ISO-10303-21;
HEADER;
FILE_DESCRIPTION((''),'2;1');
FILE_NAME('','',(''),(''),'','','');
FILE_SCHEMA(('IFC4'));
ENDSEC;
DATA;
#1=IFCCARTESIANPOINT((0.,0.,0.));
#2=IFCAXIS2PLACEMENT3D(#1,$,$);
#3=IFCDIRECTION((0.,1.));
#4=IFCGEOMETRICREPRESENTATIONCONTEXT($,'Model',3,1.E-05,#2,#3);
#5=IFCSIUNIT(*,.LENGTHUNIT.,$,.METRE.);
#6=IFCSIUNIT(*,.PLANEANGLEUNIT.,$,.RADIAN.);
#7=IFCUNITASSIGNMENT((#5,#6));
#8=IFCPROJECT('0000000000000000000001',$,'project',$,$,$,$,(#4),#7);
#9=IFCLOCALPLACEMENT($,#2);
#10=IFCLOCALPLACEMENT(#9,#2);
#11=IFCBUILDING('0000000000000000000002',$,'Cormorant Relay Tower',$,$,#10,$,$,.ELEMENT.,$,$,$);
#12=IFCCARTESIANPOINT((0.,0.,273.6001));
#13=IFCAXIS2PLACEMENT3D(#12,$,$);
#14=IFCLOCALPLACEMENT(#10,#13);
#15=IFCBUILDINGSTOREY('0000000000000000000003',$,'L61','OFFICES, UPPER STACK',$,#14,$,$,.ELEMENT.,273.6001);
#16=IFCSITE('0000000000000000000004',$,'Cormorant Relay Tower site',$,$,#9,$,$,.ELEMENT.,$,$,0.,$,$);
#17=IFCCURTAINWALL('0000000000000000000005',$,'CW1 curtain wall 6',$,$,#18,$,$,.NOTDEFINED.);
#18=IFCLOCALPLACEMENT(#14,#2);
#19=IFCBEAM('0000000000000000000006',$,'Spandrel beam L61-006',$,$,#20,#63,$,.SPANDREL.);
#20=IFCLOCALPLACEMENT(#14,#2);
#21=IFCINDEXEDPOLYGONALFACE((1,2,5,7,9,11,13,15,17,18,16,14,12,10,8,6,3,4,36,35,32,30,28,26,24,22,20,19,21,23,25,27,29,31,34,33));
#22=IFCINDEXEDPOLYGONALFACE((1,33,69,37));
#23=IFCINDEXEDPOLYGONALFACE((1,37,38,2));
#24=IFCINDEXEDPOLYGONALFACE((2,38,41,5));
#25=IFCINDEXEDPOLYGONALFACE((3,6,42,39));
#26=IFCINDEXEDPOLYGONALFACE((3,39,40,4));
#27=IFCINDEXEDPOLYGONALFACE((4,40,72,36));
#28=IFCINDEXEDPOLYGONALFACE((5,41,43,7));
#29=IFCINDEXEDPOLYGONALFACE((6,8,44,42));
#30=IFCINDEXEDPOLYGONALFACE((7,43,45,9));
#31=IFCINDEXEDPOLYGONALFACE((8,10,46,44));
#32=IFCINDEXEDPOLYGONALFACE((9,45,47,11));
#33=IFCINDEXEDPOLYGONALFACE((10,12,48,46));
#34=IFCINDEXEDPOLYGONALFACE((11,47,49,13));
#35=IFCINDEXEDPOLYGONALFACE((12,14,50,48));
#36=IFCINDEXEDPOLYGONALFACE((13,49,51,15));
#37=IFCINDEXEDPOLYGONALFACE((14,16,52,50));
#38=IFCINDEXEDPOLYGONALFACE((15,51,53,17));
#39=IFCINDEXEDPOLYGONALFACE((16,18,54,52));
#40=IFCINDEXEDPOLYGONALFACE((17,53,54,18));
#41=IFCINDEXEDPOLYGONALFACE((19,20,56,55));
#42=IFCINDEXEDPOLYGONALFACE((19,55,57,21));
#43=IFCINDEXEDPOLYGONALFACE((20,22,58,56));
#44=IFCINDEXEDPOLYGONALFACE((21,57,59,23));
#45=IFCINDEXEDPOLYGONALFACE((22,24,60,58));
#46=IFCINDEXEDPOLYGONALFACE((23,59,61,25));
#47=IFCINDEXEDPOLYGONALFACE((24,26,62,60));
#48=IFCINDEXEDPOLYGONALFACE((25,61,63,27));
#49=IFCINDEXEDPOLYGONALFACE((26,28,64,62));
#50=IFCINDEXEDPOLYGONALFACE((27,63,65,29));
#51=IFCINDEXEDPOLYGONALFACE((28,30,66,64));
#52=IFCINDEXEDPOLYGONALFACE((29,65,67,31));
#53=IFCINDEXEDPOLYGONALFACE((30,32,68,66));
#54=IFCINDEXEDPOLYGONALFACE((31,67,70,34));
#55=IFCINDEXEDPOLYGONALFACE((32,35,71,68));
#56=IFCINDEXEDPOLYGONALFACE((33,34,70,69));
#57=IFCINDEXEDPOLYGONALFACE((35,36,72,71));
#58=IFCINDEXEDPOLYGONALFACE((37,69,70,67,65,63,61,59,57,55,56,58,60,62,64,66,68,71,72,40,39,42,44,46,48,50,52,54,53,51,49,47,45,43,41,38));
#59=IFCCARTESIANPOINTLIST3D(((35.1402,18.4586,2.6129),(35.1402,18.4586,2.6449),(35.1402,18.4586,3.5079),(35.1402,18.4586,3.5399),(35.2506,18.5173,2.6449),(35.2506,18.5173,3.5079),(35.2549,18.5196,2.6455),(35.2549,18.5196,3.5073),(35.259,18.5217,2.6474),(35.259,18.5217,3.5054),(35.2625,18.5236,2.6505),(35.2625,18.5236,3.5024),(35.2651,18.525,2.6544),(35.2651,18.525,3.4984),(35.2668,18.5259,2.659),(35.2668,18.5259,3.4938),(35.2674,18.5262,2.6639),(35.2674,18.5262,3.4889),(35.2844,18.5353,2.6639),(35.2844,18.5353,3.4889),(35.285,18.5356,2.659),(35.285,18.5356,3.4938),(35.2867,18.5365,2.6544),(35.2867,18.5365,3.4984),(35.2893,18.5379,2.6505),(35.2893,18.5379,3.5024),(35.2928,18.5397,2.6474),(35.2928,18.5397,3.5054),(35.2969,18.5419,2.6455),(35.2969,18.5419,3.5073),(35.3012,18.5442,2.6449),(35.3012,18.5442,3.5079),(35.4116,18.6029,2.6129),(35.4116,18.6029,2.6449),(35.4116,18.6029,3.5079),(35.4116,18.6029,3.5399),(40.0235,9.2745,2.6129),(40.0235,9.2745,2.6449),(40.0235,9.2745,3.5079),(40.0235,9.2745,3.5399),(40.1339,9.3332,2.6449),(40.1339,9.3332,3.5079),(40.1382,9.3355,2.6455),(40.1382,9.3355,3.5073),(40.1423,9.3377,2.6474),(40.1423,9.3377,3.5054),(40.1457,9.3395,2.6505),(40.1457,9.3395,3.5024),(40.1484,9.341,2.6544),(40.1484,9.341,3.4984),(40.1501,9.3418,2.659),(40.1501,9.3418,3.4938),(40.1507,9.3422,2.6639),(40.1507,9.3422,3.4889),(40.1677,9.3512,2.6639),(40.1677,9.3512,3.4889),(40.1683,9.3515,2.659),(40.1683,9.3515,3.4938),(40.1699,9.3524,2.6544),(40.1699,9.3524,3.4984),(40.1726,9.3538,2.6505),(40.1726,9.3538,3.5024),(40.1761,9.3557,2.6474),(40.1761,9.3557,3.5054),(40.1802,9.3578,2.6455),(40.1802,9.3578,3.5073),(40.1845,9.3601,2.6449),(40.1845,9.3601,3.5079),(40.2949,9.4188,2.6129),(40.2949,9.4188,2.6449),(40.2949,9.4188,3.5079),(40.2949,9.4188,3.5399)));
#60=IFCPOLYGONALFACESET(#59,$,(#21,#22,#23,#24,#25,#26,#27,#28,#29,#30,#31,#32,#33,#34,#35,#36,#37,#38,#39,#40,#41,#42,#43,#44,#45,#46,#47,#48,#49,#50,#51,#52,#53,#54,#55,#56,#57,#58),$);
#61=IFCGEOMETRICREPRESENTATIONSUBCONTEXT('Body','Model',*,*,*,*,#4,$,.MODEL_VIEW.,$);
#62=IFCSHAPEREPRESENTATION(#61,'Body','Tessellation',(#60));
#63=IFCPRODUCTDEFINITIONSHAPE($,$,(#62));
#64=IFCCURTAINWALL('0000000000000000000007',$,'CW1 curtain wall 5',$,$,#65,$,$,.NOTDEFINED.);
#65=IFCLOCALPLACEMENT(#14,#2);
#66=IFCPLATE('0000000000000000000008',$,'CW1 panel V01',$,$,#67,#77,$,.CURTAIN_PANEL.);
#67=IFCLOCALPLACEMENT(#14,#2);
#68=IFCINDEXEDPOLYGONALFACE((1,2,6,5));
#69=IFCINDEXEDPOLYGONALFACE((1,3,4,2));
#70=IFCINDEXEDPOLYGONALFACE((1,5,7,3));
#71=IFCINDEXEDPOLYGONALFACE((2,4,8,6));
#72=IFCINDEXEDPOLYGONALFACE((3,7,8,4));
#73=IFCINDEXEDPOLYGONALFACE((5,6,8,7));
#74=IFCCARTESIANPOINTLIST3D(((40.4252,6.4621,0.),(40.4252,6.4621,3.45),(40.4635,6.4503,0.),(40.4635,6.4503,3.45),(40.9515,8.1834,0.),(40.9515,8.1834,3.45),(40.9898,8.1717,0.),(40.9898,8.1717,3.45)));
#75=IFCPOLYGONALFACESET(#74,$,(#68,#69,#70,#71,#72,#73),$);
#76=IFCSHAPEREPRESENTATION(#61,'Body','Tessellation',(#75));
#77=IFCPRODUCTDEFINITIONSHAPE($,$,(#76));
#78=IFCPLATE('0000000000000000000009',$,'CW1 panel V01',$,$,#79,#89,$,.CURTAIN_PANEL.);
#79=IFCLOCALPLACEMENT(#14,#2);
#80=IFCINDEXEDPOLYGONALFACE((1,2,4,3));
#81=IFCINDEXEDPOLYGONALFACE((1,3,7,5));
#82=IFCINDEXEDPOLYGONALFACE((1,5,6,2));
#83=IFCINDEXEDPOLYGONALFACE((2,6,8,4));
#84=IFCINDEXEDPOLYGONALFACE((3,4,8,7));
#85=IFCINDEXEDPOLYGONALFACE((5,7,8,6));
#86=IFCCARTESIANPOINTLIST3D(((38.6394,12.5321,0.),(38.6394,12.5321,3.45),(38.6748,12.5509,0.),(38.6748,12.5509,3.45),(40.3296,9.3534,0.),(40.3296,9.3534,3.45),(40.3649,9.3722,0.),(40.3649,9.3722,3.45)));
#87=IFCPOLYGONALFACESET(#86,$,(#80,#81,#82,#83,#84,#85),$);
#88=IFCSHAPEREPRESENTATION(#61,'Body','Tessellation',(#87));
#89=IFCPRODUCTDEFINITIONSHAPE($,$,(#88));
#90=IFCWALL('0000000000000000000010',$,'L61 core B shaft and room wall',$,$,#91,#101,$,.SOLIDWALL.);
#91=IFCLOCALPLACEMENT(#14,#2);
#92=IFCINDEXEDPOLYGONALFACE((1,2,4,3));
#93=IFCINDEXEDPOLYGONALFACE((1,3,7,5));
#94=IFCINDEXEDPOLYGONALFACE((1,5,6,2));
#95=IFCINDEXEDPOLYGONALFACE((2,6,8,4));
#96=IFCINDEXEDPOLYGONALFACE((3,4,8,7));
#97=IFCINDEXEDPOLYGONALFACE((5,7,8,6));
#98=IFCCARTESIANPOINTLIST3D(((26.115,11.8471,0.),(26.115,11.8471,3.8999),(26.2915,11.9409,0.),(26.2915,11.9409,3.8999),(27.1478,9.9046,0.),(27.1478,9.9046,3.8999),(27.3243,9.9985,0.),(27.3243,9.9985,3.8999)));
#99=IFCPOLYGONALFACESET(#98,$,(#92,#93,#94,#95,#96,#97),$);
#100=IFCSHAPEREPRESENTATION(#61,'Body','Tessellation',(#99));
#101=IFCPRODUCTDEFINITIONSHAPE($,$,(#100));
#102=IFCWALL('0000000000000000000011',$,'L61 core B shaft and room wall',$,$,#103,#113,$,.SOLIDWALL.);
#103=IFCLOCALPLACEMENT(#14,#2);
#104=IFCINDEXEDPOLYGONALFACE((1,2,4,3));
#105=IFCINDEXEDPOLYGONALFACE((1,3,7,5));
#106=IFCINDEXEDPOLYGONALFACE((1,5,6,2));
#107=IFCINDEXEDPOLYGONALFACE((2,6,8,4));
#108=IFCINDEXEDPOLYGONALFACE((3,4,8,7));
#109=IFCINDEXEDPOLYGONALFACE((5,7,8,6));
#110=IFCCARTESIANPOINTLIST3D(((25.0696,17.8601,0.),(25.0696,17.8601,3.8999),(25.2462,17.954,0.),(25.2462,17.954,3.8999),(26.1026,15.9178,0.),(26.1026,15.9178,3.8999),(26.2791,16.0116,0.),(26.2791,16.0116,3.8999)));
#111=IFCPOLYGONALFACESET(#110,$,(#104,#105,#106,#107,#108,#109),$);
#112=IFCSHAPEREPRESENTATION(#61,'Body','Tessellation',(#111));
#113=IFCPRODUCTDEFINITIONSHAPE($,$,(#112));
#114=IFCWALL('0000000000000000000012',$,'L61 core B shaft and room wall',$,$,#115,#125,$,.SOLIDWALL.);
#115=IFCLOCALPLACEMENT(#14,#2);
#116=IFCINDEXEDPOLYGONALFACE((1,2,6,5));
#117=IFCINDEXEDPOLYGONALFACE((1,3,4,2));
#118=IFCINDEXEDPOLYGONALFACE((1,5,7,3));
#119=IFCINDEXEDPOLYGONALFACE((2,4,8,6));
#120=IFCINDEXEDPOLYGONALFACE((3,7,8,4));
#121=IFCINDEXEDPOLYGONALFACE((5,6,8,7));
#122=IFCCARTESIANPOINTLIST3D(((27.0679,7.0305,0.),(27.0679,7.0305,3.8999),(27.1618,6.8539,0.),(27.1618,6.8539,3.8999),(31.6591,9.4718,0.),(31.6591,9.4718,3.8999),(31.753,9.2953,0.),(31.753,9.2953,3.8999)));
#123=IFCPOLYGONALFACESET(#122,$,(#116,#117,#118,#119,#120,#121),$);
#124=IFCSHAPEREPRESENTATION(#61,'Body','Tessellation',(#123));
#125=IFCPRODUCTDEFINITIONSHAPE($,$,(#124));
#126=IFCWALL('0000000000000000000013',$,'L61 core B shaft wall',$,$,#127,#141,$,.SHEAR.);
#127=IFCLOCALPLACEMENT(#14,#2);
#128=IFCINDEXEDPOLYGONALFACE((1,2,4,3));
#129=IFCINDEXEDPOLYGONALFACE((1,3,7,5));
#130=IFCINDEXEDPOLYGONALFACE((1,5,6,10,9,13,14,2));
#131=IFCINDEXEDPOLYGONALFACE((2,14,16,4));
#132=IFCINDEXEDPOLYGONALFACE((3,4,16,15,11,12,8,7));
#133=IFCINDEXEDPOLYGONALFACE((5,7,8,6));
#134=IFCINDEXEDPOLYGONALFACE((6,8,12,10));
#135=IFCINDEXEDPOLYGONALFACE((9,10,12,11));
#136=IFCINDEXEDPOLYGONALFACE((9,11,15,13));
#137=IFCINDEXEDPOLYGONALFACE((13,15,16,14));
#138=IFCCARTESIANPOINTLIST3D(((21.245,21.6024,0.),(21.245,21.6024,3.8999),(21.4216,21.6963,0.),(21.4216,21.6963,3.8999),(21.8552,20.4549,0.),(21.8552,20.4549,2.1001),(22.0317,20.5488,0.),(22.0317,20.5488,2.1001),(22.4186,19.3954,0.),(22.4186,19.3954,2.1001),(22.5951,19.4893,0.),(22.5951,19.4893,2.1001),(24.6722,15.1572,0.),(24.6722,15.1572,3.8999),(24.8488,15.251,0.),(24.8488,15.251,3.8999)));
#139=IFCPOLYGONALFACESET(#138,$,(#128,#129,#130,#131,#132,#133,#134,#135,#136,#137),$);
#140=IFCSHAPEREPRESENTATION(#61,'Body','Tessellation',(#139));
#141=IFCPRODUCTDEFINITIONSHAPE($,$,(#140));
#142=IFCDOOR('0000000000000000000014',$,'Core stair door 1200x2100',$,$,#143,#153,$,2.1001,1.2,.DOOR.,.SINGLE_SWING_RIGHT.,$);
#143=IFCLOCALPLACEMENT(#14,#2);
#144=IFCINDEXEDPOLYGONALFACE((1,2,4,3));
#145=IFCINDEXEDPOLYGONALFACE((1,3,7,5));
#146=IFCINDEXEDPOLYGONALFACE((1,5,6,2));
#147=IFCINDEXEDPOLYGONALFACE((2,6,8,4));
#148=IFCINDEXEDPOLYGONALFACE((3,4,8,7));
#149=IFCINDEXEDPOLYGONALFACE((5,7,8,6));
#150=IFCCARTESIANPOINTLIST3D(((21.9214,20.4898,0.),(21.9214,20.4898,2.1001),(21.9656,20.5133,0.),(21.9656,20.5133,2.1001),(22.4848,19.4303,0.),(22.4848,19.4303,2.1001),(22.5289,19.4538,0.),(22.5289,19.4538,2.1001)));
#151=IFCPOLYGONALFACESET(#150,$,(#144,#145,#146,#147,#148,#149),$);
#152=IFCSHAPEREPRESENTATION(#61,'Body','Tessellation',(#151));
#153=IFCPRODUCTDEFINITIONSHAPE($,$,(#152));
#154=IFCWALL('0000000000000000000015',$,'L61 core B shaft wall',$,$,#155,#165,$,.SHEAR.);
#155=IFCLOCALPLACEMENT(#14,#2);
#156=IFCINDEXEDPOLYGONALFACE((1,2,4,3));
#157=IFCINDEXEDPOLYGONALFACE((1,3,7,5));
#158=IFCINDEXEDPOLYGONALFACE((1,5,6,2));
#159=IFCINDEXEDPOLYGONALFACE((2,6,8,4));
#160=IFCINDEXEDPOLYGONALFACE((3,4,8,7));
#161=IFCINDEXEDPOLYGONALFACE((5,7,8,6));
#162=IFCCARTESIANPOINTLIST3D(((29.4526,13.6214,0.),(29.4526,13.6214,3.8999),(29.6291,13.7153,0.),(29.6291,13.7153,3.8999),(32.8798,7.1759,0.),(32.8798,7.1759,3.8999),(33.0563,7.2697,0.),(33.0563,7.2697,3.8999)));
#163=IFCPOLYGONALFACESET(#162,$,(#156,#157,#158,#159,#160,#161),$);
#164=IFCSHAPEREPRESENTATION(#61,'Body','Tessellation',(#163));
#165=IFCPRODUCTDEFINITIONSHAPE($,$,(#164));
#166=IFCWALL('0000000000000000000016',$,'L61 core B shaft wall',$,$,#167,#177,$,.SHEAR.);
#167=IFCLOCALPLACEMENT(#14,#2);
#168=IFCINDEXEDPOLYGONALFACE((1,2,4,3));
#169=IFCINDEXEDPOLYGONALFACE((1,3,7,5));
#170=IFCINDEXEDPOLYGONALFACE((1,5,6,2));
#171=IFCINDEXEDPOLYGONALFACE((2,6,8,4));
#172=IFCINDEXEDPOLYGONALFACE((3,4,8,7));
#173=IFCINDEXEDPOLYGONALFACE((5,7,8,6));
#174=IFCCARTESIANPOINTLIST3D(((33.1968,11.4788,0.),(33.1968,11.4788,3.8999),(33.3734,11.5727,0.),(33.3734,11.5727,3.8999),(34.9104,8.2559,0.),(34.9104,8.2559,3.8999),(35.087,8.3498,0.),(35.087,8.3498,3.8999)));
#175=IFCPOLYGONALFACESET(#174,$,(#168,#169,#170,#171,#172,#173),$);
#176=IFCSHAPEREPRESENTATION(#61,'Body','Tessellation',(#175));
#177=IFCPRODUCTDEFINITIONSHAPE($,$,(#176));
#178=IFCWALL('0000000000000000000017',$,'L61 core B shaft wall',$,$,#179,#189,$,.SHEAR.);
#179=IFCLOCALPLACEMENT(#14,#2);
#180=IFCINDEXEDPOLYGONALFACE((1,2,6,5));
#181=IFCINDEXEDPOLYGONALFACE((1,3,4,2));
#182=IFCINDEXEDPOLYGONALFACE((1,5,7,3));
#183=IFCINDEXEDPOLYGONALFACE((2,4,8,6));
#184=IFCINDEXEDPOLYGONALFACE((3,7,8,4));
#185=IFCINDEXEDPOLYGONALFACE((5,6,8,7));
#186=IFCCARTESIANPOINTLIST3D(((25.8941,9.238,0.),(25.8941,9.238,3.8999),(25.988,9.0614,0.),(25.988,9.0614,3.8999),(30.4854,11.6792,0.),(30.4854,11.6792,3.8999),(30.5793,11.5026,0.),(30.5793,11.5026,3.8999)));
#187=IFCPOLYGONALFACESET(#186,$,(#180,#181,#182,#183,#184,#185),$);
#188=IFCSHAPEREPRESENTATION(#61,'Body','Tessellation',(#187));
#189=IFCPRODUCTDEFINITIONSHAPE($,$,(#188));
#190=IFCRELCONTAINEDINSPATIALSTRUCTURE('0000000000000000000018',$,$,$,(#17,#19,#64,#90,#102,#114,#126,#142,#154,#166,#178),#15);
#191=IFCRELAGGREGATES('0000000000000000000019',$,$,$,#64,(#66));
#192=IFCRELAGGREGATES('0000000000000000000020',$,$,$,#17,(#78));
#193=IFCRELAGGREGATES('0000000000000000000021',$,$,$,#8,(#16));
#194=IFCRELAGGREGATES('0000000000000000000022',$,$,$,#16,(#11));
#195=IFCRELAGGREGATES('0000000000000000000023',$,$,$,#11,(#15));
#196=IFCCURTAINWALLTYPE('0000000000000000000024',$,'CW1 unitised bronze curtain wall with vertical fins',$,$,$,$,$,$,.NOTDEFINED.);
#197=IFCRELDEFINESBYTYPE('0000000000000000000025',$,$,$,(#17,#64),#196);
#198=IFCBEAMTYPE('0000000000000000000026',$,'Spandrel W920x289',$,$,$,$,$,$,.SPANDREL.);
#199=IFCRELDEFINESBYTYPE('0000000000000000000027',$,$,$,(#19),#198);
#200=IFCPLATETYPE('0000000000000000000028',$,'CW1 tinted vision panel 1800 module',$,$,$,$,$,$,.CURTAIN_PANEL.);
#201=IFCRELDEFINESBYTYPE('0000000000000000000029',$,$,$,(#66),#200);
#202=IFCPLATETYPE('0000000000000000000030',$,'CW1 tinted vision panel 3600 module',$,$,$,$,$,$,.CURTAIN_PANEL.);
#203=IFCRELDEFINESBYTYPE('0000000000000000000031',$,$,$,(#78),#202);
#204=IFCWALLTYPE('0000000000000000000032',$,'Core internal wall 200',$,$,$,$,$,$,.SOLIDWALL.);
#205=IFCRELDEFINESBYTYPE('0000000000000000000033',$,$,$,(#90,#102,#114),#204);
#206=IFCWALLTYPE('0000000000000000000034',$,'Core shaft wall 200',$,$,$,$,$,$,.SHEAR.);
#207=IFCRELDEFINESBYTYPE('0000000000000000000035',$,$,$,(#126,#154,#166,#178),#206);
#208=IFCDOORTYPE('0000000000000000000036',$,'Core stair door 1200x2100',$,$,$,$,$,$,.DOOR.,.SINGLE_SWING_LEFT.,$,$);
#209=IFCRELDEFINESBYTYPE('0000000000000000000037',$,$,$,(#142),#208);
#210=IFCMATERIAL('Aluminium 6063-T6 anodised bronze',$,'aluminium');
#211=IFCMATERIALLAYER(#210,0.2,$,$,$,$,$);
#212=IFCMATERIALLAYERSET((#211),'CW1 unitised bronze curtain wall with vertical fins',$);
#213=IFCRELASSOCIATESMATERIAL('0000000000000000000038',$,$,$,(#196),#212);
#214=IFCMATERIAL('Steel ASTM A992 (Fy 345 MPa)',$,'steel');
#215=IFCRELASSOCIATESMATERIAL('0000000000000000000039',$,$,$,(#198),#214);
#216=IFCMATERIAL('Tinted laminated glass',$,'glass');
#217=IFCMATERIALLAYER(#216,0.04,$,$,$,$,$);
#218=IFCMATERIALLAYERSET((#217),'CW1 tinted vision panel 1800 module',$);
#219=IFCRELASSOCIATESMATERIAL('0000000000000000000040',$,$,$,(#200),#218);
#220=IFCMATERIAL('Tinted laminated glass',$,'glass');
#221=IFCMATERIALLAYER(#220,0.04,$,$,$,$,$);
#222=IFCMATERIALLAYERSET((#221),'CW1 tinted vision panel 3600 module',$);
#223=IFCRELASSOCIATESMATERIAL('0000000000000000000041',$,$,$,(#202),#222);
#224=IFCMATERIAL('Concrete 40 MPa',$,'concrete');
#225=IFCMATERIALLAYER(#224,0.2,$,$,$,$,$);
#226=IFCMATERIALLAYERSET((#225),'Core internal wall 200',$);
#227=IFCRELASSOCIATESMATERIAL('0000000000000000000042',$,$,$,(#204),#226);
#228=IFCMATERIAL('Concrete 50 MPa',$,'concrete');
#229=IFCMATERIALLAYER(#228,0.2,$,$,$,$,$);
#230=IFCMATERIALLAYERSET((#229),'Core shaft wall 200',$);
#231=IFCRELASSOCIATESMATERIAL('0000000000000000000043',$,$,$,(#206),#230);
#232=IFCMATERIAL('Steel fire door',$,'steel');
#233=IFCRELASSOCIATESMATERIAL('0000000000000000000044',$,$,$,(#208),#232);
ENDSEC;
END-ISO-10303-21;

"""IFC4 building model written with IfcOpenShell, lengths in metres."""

from ifc_helpers import new_model, si_unit, direction, frame, frame_2d, origin, origin_2d, place, context, subcontext, project, spatial, rectangle, i_section, extrude, material, layer, layer_set, material_profile, profile_set, type_object, element, fill, aggregate, save


model = new_model("IFC4")

# Units and contexts
model_context = context("Model", 3, precision=1e-05, world=origin(), true_north=direction((0.0, 1.0)))
body_context = subcontext(model_context, "Body", "Model", "MODEL_VIEW")
ifc_project = project(units=[si_unit("LENGTHUNIT", "METRE"), si_unit("PLANEANGLEUNIT", "RADIAN")], contexts=[model_context])

# Site, building, storey
site_placement = place(None, origin())
site = spatial("IfcSite", under=ifc_project, at=site_placement, Name="Cormorant Relay Tower site", CompositionType="ELEMENT", RefElevation=0.0)
building_placement = place(site_placement, origin())
building = spatial("IfcBuilding", under=site, at=building_placement, Name="Cormorant Relay Tower", CompositionType="ELEMENT")
storey_placement = place(building_placement, frame((0.0, 0.0, 273.6001)))
storey = spatial("IfcBuildingStorey", under=building, at=storey_placement, Name="L61", Description="OFFICES, UPPER STACK", CompositionType="ELEMENT", Elevation=273.6001)

# Curtain wall
ifc_material_1 = material(Name="Aluminium 6063-T6 anodised bronze", Category="aluminium")
ifc_layer_1 = layer(ifc_material_1, 0.2)
ifc_layer_set_1 = layer_set([ifc_layer_1], Name="CW1 unitised bronze curtain wall with vertical fins")
curtain_wall_type = type_object("IfcCurtainWallType", Name="CW1 unitised bronze curtain wall with vertical fins", PredefinedType="NOTDEFINED", material=ifc_layer_set_1)
curtain_wall_1_placement = place(storey_placement, origin())
curtain_wall_1 = element("IfcCurtainWall", 1, at=curtain_wall_1_placement, inside=storey, type_object=curtain_wall_type, Name="CW1 curtain wall 6", PredefinedType="NOTDEFINED")

# Beam
ifc_material_2 = material(Name="Steel ASTM A992 (Fy 345 MPa)", Category="steel")
ifc_material_profile_1 = material_profile(ifc_material_2, i_section(OverallWidth=0.3074, OverallDepth=0.927, WebThickness=0.0193, FlangeThickness=0.032, FilletRadius=0.019, at=origin_2d()), Name="W920x289")
ifc_profile_set_1 = profile_set([ifc_material_profile_1], Name="Steel ASTM A992 (Fy 345 MPa)")
beam_type = type_object("IfcBeamType", Name="Spandrel W920x289", PredefinedType="SPANDREL", material=ifc_profile_set_1)
beam_placement = place(storey_placement, frame((40.1592, 9.3467, 3.0764), z_axis=(-0.469474, 0.882946, 0.0), x_axis=(-0.882946, -0.469474, 0.0)))
element("IfcBeam", 2, at=beam_placement, inside=storey, type_object=beam_type, Name="Spandrel beam L61-006", PredefinedType="SPANDREL", context=body_context, shape_type="SweptSolid", body=[
    extrude(i_section(OverallWidth=0.3074, OverallDepth=0.927, WebThickness=0.0193, FlangeThickness=0.032, FilletRadius=0.019, at=origin_2d()), origin(), (0.0, 0.0, 1.0), 10.4016),
])

# Curtain wall, plate
curtain_wall_2_placement = place(storey_placement, origin())
curtain_wall_2 = element("IfcCurtainWall", 3, at=curtain_wall_2_placement, inside=storey, type_object=curtain_wall_type, Name="CW1 curtain wall 5", PredefinedType="NOTDEFINED")
ifc_material_3 = material(Name="Tinted laminated glass", Category="glass")
ifc_layer_2 = layer(ifc_material_3, 0.04)
ifc_layer_set_2 = layer_set([ifc_layer_2], Name="CW1 tinted vision panel 1800 module")
plate_type_1 = type_object("IfcPlateType", Name="CW1 tinted vision panel 1800 module", PredefinedType="CURTAIN_PANEL", material=ifc_layer_set_2)
plate_1_placement = place(storey_placement, frame((40.7075, 7.3169, 0.0), z_axis=(0.0, 0.0, 1.0), x_axis=(0.292372, 0.956305, 0.0)))
plate_1 = element("IfcPlate", 4, at=plate_1_placement, type_object=plate_type_1, Name="CW1 panel V01", PredefinedType="CURTAIN_PANEL", context=body_context, shape_type="SweptSolid", body=[
    extrude(rectangle(XDim=1.8, YDim=0.04, at=origin_2d()), origin(), (0.0, 0.0, 1.0), 3.45),
])
aggregate(curtain_wall_2, [plate_1])

# Plate
ifc_material_4 = material(Name="Tinted laminated glass", Category="glass")
ifc_layer_3 = layer(ifc_material_4, 0.04)
ifc_layer_set_3 = layer_set([ifc_layer_3], Name="CW1 tinted vision panel 3600 module")
plate_type_2 = type_object("IfcPlateType", Name="CW1 tinted vision panel 3600 module", PredefinedType="CURTAIN_PANEL", material=ifc_layer_set_3)
plate_2_placement = place(storey_placement, frame((39.5022, 10.9521, 0.0), z_axis=(0.0, 0.0, 1.0), x_axis=(-0.469472, 0.882948, 0.0)))
plate_2 = element("IfcPlate", 5, at=plate_2_placement, type_object=plate_type_2, Name="CW1 panel V01", PredefinedType="CURTAIN_PANEL", context=body_context, shape_type="SweptSolid", body=[
    extrude(rectangle(XDim=3.6001, YDim=0.04, at=origin_2d()), origin(), (0.0, 0.0, 1.0), 3.45),
])

# Walls
ifc_material_5 = material(Name="Concrete 40 MPa", Category="concrete")
ifc_layer_4 = layer(ifc_material_5, 0.2)
ifc_layer_set_4 = layer_set([ifc_layer_4], Name="Core internal wall 200")
wall_type_1 = type_object("IfcWallType", Name="Core internal wall 200", PredefinedType="SOLIDWALL", material=ifc_layer_set_4)
for number, where, z_axis, x_axis, name in (
    (6, (27.2361, 9.9514, 0.0), (0.0, 0.0, 1.0), (-0.469447, 0.88296, 0.0), "L61 core B shaft and room wall"),
    (7, (26.1909, 15.9646, 0.0), (0.0, 0.0, 1.0), (-0.469534, 0.882914, 0.0), "L61 core B shaft and room wall"),
):
    element("IfcWall", number, at=place(storey_placement, frame(where, z_axis=z_axis, x_axis=x_axis)), inside=storey, type_object=wall_type_1, Name=name, PredefinedType="SOLIDWALL", context=body_context, shape_type="SweptSolid", body=[
        extrude(rectangle(XDim=2.2, YDim=0.2, at=frame_2d((1.1001, 0.0))), origin(), (0.0, 0.0, 1.0), 3.8999),
    ])
wall_1_placement = place(storey_placement, frame((27.1147, 6.9421, 0.0), z_axis=(0.0, 0.0, 1.0), x_axis=(0.882935, 0.469496, 0.0)))
element("IfcWall", 8, at=wall_1_placement, inside=storey, type_object=wall_type_1, Name="L61 core B shaft and room wall", PredefinedType="SOLIDWALL", context=body_context, shape_type="SweptSolid", body=[
    extrude(rectangle(XDim=5.2, YDim=0.2, at=frame_2d((2.6001, 0.0))), origin(), (0.0, 0.0, 1.0), 3.8999),
])

# Wall, opening, door
ifc_material_6 = material(Name="Concrete 50 MPa", Category="concrete")
ifc_layer_5 = layer(ifc_material_6, 0.2)
ifc_layer_set_5 = layer_set([ifc_layer_5], Name="Core shaft wall 200")
wall_type_2 = type_object("IfcWallType", Name="Core shaft wall 200", PredefinedType="SHEAR", material=ifc_layer_set_5)
wall_2_placement = place(storey_placement, frame((24.7605, 15.2041, 0.0), z_axis=(0.0, 0.0, 1.0), x_axis=(-0.469494, 0.882936, 0.0)))
wall_2 = element("IfcWall", 9, at=wall_2_placement, inside=storey, type_object=wall_type_2, Name="L61 core B shaft wall", PredefinedType="SHEAR", context=body_context, shape_type="SweptSolid", body=[
    extrude(rectangle(XDim=7.2998, YDim=0.2, at=frame_2d((3.6499, 0.0))), origin(), (0.0, 0.0, 1.0), 3.8999),
])
opening_1_placement = place(wall_2_placement, frame((4.8, 0.0, 0.0)))
opening_1 = element("IfcOpeningElement", 10, at=opening_1_placement, cuts=wall_2, PredefinedType="OPENING", context=body_context, shape_type="SweptSolid", body=[
    extrude(rectangle(XDim=1.2, YDim=2.1001, at=frame_2d((0.6001, 1.05))), frame((0.0, 0.1099, 0.0), z_axis=(0.0, -1.0, 0.0), x_axis=(1.0, 0.0, 0.0)), (0.0, 0.0, 1.0), 0.22),
])
ifc_material_7 = material(Name="Steel fire door", Category="steel")
door_type_1 = type_object("IfcDoorType", Name="Core stair door 1200x2100", OperationType="SINGLE_SWING_LEFT", PredefinedType="DOOR", material=ifc_material_7)
door_1_placement = place(opening_1_placement, frame((1.2, 0.0, 0.0), z_axis=(0.0, 0.0, 1.0), x_axis=(-1.0, 0.0, 0.0)))
door_1 = element("IfcDoor", 11, at=door_1_placement, inside=storey, type_object=door_type_1, Name="Core stair door 1200x2100", OperationType="SINGLE_SWING_RIGHT", OverallHeight=2.1001, OverallWidth=1.2, PredefinedType="DOOR", context=body_context, shape_type="SweptSolid", body=[
    extrude(rectangle(XDim=1.2, YDim=2.1001, at=frame_2d((0.6001, 1.05))), frame((0.0, 0.0249, 0.0), z_axis=(0.0, -1.0, 0.0), x_axis=(1.0, 0.0, 0.0)), (0.0, 0.0, 1.0), 0.05),
])
fill(opening_1, door_1)

# Walls
wall_3_placement = place(storey_placement, frame((32.968, 7.2229, 0.0), z_axis=(0.0, 0.0, 1.0), x_axis=(-0.46948, 0.882943, 0.0)))
element("IfcWall", 12, at=wall_3_placement, inside=storey, type_object=wall_type_2, Name="L61 core B shaft wall", PredefinedType="SHEAR", context=body_context, shape_type="SweptSolid", body=[
    extrude(rectangle(XDim=7.3, YDim=0.2, at=frame_2d((3.6499, 0.0))), origin(), (0.0, 0.0, 1.0), 3.8999),
])
wall_4_placement = place(storey_placement, frame((34.9988, 8.3027, 0.0), z_axis=(0.0, 0.0, 1.0), x_axis=(-0.469467, 0.88295, 0.0)))
element("IfcWall", 13, at=wall_4_placement, inside=storey, type_object=wall_type_2, Name="L61 core B shaft wall", PredefinedType="SHEAR", context=body_context, shape_type="SweptSolid", body=[
    extrude(rectangle(XDim=3.6501, YDim=0.2, at=frame_2d((1.8252, 0.0))), origin(), (0.0, 0.0, 1.0), 3.8999),
])

# Wall
wall_5_placement = place(storey_placement, frame((25.9409, 9.1497, 0.0), z_axis=(0.0, 0.0, 1.0), x_axis=(0.882954, 0.46946, 0.0)))
element("IfcWall", 14, at=wall_5_placement, inside=storey, type_object=wall_type_2, Name="L61 core B shaft wall", PredefinedType="SHEAR", context=body_context, shape_type="SweptSolid", body=[
    extrude(rectangle(XDim=5.2, YDim=0.2, at=frame_2d((2.6001, 0.0))), origin(), (0.0, 0.0, 1.0), 3.8999),
])

aggregate(curtain_wall_1, [plate_2])

save(model, "model.ifc")
